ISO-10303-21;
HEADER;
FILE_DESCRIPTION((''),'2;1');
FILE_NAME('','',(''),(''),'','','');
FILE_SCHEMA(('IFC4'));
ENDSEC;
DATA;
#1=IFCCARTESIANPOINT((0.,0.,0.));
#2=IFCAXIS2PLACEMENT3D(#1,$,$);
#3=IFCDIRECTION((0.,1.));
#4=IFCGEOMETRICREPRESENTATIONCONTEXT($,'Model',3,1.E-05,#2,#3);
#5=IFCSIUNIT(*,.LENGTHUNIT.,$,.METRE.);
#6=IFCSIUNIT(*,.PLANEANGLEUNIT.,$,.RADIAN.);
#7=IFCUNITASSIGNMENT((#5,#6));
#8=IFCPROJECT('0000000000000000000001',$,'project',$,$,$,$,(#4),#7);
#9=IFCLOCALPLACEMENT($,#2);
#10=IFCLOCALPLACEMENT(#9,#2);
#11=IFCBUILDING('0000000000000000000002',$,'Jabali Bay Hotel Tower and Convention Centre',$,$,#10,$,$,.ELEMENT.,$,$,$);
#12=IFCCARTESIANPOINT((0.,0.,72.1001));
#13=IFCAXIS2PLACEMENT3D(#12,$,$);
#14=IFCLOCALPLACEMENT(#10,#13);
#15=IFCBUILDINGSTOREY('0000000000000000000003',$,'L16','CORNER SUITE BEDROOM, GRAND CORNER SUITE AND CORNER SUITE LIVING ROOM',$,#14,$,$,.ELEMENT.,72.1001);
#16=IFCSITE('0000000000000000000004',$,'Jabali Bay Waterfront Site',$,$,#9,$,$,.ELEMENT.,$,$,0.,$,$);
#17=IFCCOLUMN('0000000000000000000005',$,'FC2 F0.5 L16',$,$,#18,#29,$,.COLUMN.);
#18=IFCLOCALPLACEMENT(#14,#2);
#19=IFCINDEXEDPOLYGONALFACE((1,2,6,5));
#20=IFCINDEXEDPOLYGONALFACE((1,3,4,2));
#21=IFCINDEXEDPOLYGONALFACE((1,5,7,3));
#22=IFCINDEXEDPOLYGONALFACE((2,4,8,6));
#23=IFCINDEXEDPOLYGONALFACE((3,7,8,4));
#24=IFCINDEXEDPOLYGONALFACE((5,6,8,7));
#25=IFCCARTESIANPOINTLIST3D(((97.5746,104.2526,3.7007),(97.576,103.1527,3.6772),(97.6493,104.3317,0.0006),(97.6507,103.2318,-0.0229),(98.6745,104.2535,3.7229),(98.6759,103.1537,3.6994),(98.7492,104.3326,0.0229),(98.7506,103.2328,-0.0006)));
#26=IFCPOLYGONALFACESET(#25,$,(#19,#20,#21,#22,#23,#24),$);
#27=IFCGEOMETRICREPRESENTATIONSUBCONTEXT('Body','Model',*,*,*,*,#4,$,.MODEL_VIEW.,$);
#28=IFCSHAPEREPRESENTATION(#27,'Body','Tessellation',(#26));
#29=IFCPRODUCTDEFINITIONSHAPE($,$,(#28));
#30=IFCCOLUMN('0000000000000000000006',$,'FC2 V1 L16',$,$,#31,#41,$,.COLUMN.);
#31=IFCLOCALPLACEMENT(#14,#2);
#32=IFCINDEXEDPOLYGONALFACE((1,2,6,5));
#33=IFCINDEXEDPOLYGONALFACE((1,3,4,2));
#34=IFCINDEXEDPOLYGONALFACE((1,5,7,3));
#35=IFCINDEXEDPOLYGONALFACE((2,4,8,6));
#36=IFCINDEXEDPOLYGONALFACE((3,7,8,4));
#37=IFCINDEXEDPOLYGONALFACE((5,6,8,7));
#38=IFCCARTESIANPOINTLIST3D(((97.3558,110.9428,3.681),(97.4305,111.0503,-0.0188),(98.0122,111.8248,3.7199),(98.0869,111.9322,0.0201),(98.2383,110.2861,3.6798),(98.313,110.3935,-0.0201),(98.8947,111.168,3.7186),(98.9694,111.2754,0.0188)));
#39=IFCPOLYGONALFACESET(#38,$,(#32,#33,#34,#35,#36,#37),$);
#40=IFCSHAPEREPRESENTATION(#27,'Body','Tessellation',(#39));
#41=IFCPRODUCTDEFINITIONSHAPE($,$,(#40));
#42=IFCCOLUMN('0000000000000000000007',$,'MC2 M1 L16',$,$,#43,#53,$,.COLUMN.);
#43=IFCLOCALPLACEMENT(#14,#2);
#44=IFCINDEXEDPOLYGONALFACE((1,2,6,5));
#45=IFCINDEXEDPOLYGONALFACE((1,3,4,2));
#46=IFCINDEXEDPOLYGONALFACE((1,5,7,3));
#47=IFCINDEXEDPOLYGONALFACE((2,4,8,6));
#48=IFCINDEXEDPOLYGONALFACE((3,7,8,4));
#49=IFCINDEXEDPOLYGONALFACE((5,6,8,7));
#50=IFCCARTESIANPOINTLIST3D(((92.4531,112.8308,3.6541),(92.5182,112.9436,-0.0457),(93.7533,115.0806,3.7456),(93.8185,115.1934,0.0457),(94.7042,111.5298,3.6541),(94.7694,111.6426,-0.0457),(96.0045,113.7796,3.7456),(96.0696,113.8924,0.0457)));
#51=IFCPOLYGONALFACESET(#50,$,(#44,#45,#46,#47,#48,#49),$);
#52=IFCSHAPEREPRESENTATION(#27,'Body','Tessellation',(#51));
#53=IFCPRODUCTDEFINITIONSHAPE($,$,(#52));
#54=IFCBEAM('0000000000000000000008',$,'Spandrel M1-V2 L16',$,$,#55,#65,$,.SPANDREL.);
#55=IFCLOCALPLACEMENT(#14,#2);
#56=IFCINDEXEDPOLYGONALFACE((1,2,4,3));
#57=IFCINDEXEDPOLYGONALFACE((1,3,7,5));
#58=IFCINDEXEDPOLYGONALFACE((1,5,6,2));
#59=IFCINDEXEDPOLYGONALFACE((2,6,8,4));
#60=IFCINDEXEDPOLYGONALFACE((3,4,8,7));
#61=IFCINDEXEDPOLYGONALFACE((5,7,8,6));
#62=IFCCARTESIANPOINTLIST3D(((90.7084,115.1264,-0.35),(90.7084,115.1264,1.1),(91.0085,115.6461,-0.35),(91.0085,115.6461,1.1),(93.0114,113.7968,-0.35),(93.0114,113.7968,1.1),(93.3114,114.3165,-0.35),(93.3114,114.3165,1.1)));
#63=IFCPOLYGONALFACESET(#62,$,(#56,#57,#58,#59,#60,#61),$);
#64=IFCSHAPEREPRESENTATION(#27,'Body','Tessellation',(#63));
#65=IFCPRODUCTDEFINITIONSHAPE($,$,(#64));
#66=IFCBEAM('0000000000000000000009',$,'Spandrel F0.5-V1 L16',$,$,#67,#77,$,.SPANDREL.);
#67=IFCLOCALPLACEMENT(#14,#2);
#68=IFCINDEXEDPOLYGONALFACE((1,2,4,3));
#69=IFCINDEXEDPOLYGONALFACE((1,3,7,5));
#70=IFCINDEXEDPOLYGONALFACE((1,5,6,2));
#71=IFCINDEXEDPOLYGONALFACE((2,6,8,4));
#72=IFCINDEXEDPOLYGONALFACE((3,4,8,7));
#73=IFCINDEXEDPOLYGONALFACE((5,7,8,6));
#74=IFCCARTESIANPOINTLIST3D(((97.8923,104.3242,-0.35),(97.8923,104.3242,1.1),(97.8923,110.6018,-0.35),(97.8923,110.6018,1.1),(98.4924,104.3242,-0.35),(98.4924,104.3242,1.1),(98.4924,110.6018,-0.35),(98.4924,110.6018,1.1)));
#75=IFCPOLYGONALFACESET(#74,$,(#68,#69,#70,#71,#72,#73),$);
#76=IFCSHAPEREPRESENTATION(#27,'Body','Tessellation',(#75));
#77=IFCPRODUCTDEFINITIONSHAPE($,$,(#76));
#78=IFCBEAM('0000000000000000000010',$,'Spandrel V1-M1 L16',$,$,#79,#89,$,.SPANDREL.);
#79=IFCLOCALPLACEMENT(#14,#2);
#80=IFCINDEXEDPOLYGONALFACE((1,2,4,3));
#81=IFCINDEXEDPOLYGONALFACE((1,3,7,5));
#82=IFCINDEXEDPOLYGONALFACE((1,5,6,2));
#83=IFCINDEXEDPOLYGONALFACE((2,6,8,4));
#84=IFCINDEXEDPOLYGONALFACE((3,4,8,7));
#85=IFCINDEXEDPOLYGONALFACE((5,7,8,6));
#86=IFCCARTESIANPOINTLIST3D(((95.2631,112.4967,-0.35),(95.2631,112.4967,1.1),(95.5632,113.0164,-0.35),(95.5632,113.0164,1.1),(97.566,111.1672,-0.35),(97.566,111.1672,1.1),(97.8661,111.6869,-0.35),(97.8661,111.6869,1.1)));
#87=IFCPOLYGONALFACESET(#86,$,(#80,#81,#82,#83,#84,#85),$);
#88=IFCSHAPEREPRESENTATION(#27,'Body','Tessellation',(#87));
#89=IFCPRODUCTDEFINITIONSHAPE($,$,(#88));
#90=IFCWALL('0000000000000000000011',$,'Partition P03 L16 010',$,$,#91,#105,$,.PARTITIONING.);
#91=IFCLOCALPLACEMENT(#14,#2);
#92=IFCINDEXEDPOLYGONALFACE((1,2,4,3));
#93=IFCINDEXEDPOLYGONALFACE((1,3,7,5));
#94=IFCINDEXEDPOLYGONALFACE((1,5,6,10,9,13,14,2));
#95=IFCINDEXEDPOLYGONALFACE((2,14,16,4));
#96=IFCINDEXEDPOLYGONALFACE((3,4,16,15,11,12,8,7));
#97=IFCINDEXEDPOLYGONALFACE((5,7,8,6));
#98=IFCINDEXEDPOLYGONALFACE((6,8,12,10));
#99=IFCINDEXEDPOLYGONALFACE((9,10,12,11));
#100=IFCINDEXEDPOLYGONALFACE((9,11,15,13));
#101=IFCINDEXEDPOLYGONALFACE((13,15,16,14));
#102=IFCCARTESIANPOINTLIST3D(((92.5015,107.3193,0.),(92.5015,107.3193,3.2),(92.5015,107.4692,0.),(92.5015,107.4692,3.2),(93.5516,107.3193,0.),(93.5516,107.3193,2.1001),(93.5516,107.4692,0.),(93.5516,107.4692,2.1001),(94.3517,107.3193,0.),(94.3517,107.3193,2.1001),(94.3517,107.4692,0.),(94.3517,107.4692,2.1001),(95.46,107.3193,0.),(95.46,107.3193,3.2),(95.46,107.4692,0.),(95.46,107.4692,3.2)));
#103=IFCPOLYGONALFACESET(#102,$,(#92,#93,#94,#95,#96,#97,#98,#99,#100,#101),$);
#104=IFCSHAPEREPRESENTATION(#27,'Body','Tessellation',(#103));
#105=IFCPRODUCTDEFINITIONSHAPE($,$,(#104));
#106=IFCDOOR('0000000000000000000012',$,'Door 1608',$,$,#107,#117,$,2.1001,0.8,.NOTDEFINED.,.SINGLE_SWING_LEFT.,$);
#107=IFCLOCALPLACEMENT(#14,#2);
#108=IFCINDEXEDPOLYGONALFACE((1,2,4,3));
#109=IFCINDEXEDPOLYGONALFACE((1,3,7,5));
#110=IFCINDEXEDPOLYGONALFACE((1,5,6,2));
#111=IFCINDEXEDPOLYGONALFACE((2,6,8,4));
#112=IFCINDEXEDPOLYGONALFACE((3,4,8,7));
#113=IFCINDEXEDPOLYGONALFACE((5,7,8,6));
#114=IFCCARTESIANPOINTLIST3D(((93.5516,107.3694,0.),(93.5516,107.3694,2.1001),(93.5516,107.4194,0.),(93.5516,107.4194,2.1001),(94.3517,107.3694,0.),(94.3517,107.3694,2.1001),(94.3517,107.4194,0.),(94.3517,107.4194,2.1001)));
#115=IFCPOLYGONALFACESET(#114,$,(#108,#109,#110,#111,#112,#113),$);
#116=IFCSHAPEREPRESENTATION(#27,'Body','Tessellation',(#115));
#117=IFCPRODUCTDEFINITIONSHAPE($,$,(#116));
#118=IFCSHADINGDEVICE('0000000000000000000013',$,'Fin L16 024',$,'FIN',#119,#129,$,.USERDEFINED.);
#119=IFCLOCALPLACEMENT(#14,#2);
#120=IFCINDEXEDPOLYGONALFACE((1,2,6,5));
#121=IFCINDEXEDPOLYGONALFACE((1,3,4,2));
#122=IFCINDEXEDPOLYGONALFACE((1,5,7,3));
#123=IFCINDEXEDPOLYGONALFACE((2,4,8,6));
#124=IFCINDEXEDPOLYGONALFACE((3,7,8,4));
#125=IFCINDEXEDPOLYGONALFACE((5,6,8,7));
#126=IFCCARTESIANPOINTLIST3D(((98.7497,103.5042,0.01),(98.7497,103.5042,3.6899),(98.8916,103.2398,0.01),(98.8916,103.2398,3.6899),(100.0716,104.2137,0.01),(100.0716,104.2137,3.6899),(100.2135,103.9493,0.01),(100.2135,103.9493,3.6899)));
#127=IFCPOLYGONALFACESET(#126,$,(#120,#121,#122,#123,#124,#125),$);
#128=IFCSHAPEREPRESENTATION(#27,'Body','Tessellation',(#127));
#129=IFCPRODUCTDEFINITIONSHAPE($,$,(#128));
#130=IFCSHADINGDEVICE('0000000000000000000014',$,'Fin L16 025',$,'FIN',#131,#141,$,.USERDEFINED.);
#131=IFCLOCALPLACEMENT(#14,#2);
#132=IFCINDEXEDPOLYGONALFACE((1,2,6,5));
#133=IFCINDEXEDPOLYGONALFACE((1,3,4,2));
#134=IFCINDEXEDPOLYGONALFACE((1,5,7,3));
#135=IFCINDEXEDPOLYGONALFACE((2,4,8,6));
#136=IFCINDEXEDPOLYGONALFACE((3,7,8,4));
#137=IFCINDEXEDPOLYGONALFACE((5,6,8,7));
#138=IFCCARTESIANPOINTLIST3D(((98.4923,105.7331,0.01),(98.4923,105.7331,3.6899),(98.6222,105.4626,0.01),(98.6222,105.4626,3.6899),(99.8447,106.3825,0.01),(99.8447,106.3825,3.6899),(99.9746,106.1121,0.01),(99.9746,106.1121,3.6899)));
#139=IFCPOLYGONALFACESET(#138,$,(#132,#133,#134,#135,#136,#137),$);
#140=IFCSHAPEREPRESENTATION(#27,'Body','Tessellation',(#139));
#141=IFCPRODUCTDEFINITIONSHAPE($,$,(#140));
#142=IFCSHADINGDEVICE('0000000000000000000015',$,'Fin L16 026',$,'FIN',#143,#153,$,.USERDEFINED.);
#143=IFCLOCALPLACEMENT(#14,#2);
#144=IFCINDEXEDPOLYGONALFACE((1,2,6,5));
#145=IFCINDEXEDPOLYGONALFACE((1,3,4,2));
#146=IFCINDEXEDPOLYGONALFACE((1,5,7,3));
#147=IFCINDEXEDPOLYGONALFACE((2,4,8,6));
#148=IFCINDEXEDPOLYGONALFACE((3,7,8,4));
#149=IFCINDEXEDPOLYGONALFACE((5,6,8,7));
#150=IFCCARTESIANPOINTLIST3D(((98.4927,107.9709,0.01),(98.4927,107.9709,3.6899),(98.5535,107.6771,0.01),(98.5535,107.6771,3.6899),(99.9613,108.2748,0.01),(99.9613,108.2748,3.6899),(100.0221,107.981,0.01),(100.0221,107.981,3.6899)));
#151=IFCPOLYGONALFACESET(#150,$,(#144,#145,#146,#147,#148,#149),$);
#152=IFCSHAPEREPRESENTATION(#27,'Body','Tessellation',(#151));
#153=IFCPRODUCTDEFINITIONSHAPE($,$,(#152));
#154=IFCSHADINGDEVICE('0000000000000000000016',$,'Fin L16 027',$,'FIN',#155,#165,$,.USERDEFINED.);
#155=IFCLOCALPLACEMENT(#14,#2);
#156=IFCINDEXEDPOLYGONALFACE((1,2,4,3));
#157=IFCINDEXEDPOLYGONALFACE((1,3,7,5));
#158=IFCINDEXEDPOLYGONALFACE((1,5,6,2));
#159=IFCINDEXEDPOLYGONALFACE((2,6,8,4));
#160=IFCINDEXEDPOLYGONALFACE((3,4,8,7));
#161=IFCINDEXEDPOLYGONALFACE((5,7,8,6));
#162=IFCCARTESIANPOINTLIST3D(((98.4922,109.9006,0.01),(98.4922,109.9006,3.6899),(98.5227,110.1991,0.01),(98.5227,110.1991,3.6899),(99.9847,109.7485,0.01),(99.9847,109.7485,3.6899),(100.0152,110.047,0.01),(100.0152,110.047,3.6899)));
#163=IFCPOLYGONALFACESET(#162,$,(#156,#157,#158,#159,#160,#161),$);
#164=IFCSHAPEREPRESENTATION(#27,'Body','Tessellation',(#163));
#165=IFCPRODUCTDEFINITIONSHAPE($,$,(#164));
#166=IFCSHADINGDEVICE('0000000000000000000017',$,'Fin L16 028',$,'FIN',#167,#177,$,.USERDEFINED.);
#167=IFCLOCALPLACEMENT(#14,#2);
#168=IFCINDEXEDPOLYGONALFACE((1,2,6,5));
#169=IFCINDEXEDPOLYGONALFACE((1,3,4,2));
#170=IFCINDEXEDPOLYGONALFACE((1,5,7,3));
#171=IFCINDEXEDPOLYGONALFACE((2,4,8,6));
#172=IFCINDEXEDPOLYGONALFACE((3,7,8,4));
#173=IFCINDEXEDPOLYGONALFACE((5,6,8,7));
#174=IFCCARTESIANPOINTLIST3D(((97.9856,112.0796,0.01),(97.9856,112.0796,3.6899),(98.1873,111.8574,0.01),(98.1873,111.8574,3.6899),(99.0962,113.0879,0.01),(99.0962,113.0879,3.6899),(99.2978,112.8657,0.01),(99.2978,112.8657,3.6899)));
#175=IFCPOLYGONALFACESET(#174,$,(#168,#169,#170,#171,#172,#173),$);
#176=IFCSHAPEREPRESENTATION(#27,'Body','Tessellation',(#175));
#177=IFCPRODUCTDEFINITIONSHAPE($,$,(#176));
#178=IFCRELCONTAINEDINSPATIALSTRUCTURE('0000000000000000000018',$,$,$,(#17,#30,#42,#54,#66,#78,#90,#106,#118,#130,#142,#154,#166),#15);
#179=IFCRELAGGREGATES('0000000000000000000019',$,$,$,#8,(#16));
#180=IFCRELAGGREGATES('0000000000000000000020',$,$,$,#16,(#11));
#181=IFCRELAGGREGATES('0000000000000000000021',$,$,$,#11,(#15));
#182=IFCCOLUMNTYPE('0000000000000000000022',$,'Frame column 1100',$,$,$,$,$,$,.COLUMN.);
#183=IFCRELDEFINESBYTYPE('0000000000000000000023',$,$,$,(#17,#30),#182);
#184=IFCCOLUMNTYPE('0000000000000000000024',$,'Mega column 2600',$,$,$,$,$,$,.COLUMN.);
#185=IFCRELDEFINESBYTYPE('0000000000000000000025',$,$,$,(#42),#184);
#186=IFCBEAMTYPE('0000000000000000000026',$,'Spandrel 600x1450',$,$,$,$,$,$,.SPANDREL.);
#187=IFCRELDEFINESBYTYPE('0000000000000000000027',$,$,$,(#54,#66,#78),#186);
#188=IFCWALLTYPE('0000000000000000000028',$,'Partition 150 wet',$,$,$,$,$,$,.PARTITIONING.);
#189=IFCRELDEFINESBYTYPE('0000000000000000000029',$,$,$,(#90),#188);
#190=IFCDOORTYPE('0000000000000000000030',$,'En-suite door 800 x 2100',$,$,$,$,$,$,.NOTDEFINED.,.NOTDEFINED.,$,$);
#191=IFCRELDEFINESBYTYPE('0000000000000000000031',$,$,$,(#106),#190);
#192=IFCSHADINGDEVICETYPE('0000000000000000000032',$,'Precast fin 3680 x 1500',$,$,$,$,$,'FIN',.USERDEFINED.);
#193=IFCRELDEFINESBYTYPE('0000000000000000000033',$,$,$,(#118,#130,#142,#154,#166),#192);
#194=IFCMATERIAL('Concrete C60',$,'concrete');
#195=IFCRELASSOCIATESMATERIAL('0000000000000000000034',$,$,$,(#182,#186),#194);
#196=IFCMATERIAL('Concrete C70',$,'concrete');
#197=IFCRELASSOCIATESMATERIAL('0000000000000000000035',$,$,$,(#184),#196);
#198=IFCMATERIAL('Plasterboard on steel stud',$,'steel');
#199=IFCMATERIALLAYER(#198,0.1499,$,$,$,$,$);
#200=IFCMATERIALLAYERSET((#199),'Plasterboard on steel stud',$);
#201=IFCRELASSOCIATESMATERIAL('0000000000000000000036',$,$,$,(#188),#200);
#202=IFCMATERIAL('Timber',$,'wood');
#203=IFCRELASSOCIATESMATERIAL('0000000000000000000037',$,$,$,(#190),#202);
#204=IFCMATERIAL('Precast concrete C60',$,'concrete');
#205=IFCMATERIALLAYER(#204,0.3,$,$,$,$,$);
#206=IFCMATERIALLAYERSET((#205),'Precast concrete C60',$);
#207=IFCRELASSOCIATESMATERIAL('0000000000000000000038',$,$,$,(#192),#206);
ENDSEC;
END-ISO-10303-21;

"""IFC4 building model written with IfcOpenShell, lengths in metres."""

from ifc_helpers import new_model, si_unit, direction, frame, frame_2d, origin, origin_2d, place, context, subcontext, project, spatial, rectangle, extrude, material, layer, layer_set, material_profile, profile_set, type_object, element, fill, save


model = new_model("IFC4")

# Units and contexts
model_context = context("Model", 3, precision=1e-05, world=origin(), true_north=direction((0.0, 1.0)))
body_context = subcontext(model_context, "Body", "Model", "MODEL_VIEW")
ifc_project = project(units=[si_unit("LENGTHUNIT", "METRE"), si_unit("PLANEANGLEUNIT", "RADIAN")], contexts=[model_context])

# Site, building, storey
site_placement = place(None, origin())
site = spatial("IfcSite", under=ifc_project, at=site_placement, Name="Jabali Bay Waterfront Site", CompositionType="ELEMENT", RefElevation=0.0)
building_placement = place(site_placement, origin())
building = spatial("IfcBuilding", under=site, at=building_placement, Name="Jabali Bay Hotel Tower and Convention Centre", CompositionType="ELEMENT")
storey_placement = place(building_placement, frame((0.0, 0.0, 72.1001)))
storey = spatial("IfcBuildingStorey", under=building, at=storey_placement, Name="L16", Description="CORNER SUITE BEDROOM, GRAND CORNER SUITE AND CORNER SUITE LIVING ROOM", CompositionType="ELEMENT", Elevation=72.1001)

# Columns
ifc_material_1 = material(Name="Concrete C60", Category="concrete")
ifc_material_profile_1 = material_profile(ifc_material_1, rectangle(XDim=1.1001, YDim=1.1001, at=origin_2d()), Name="Frame column 1100")
ifc_profile_set_1 = profile_set([ifc_material_profile_1], Name="Concrete C60")
column_type_1 = type_object("IfcColumnType", Name="Frame column 1100", PredefinedType="COLUMN", material=ifc_profile_set_1)
column_1_placement = place(storey_placement, frame((98.2, 103.7822, 0.0), z_axis=(-0.020183, -0.02137, 0.999568), x_axis=(0.999795, 0.000884, 0.020206)))
element("IfcColumn", 1, at=column_1_placement, inside=storey, type_object=column_type_1, Name="FC2 F0.5 L16", PredefinedType="COLUMN", context=body_context, shape_type="SweptSolid", body=[
    extrude(rectangle(XDim=1.1001, YDim=1.1001, at=origin_2d()), origin(), (0.0, 0.0, 1.0), 3.7017),
])
column_2_placement = place(storey_placement, frame((98.2, 111.1628, 0.0), z_axis=(-0.020179, -0.029015, 0.999375), x_axis=(0.596678, 0.801703, 0.035324)))
element("IfcColumn", 2, at=column_2_placement, inside=storey, type_object=column_type_1, Name="FC2 V1 L16", PredefinedType="COLUMN", context=body_context, shape_type="SweptSolid", body=[
    extrude(rectangle(XDim=1.1001, YDim=1.1001, at=origin_2d()), origin(), (0.0, 0.0, 1.0), 3.7021),
])
ifc_material_2 = material(Name="Concrete C70", Category="concrete")
ifc_material_profile_2 = material_profile(ifc_material_2, rectangle(XDim=2.6001, YDim=2.6001, at=origin_2d()), Name="Mega column 2600")
ifc_profile_set_2 = profile_set([ifc_material_profile_2], Name="Concrete C70")
column_type_2 = type_object("IfcColumnType", Name="Mega column 2600", PredefinedType="COLUMN", material=ifc_profile_set_2)
column_3_placement = place(storey_placement, frame((94.2939, 113.418, 0.0), z_axis=(-0.017607, -0.030466, 0.999381), x_axis=(0.500065, 0.865273, 0.035188)))
element("IfcColumn", 3, at=column_3_placement, inside=storey, type_object=column_type_2, Name="MC2 M1 L16", PredefinedType="COLUMN", context=body_context, shape_type="SweptSolid", body=[
    extrude(rectangle(XDim=2.6001, YDim=2.6001, at=origin_2d()), origin(), (0.0, 0.0, 1.0), 3.7021),
])

# Beams
ifc_material_profile_3 = material_profile(ifc_material_1, rectangle(XDim=0.6001, YDim=1.45, at=origin_2d()), Name="Spandrel 600x1450")
ifc_profile_set_3 = profile_set([ifc_material_profile_3], Name="Concrete C60")
beam_type = type_object("IfcBeamType", Name="Spandrel 600x1450", PredefinedType="SPANDREL", material=ifc_profile_set_3)
beam_1_placement = place(storey_placement, frame((93.1614, 114.0566, 0.375), z_axis=(-0.866031, 0.49999, 0.0), x_axis=(-0.49999, -0.866031, 0.0)))
element("IfcBeam", 4, at=beam_1_placement, inside=storey, type_object=beam_type, Name="Spandrel M1-V2 L16", PredefinedType="SPANDREL", context=body_context, shape_type="SweptSolid", body=[
    extrude(rectangle(XDim=0.6001, YDim=1.45, at=origin_2d()), origin(), (0.0, 0.0, 1.0), 2.6592),
])
beam_2_placement = place(storey_placement, frame((98.1924, 104.3242, 0.375), z_axis=(0.0, 1.0, 0.0), x_axis=(-1.0, 0.0, 0.0)))
element("IfcBeam", 5, at=beam_2_placement, inside=storey, type_object=beam_type, Name="Spandrel F0.5-V1 L16", PredefinedType="SPANDREL", context=body_context, shape_type="SweptSolid", body=[
    extrude(rectangle(XDim=0.6001, YDim=1.45, at=origin_2d()), origin(), (0.0, 0.0, 1.0), 6.2776),
])
beam_3_placement = place(storey_placement, frame((97.7161, 111.427, 0.375), z_axis=(-0.866031, 0.49999, 0.0), x_axis=(-0.49999, -0.866031, 0.0)))
element("IfcBeam", 6, at=beam_3_placement, inside=storey, type_object=beam_type, Name="Spandrel V1-M1 L16", PredefinedType="SPANDREL", context=body_context, shape_type="SweptSolid", body=[
    extrude(rectangle(XDim=0.6001, YDim=1.45, at=origin_2d()), origin(), (0.0, 0.0, 1.0), 2.6592),
])

# Wall, opening, door
ifc_material_3 = material(Name="Plasterboard on steel stud", Category="steel")
ifc_layer_1 = layer(ifc_material_3, 0.1499)
ifc_layer_set_1 = layer_set([ifc_layer_1], Name="Plasterboard on steel stud")
wall_type_1 = type_object("IfcWallType", Name="Partition 150 wet", PredefinedType="PARTITIONING", material=ifc_layer_set_1)
wall_1_placement = place(storey_placement, frame((95.46, 107.3943, 0.0), z_axis=(0.0, 0.0, 1.0), x_axis=(-1.0, 0.0, 0.0)))
wall_1 = element("IfcWall", 7, at=wall_1_placement, inside=storey, type_object=wall_type_1, Name="Partition P03 L16 010", PredefinedType="PARTITIONING", context=body_context, shape_type="SweptSolid", body=[
    extrude(rectangle(XDim=2.9585, YDim=0.1499, at=frame_2d((1.4792, 0.0))), origin(), (0.0, 0.0, 1.0), 3.2),
])
opening_1_placement = place(wall_1_placement, frame((1.1084, 0.0, 0.0)))
opening_1 = element("IfcOpeningElement", 8, at=opening_1_placement, cuts=wall_1, PredefinedType="OPENING", context=body_context, shape_type="SweptSolid", body=[
    extrude(rectangle(XDim=0.8, YDim=2.1001, at=frame_2d((0.3999, 1.05))), frame((0.0, 0.0854, 0.0), z_axis=(0.0, -1.0, 0.0), x_axis=(1.0, 0.0, 0.0)), (0.0, 0.0, 1.0), 0.1709),
])
ifc_material_4 = material(Name="Timber", Category="wood")
door_type_1 = type_object("IfcDoorType", Name="En-suite door 800 x 2100", OperationType="NOTDEFINED", PredefinedType="NOTDEFINED", material=ifc_material_4)
door_1_placement = place(opening_1_placement, origin())
door_1 = element("IfcDoor", 9, at=door_1_placement, inside=storey, type_object=door_type_1, Name="Door 1608", OperationType="SINGLE_SWING_LEFT", OverallHeight=2.1001, OverallWidth=0.8, PredefinedType="NOTDEFINED", context=body_context, shape_type="SweptSolid", body=[
    extrude(rectangle(XDim=0.8, YDim=2.1001, at=frame_2d((0.3999, 1.05))), frame((0.0, 0.0249, 0.0), z_axis=(0.0, -1.0, 0.0), x_axis=(1.0, 0.0, 0.0)), (0.0, 0.0, 1.0), 0.05),
])
fill(opening_1, door_1)

# Shading devices
ifc_material_5 = material(Name="Precast concrete C60", Category="concrete")
ifc_layer_2 = layer(ifc_material_5, 0.3)
ifc_layer_set_2 = layer_set([ifc_layer_2], Name="Precast concrete C60")
shading_device_type = type_object("IfcShadingDeviceType", Name="Precast fin 3680 x 1500", ElementType="FIN", PredefinedType="USERDEFINED", material=ifc_layer_set_2)
for number, where, z_axis, x_axis, name in (
    (10, (98.8208, 103.3721, 0.01), (0.0, 0.0, 1.0), (0.881097, 0.472935, 0.0), "Fin L16 024"),
    (11, (98.5574, 105.5979, 0.01), (0.0, 0.0, 1.0), (0.901442, 0.4329, 0.0), "Fin L16 025"),
):
    element("IfcShadingDevice", number, at=place(storey_placement, frame(where, z_axis=z_axis, x_axis=x_axis)), inside=storey, type_object=shading_device_type, Name=name, ObjectType="FIN", PredefinedType="USERDEFINED", context=body_context, shape_type="SweptSolid", body=[
        extrude(rectangle(XDim=1.5002, YDim=0.3, at=frame_2d((0.75, 0.0))), origin(), (0.0, 0.0, 1.0), 3.6799),
    ])
shading_device_1_placement = place(storey_placement, frame((98.5229, 107.824, 0.01), z_axis=(0.0, 0.0, 1.0), x_axis=(0.97925, 0.202654, 0.0)))
element("IfcShadingDevice", 12, at=shading_device_1_placement, inside=storey, type_object=shading_device_type, Name="Fin L16 026", ObjectType="FIN", PredefinedType="USERDEFINED", context=body_context, shape_type="SweptSolid", body=[
    extrude(rectangle(XDim=1.4998, YDim=0.3, at=frame_2d((0.75, 0.0))), origin(), (0.0, 0.0, 1.0), 3.6799),
])
shading_device_2_placement = place(storey_placement, frame((98.5076, 110.0498, 0.01), z_axis=(0.0, 0.0, 1.0), x_axis=(0.994847, -0.101389, 0.0)))
element("IfcShadingDevice", 13, at=shading_device_2_placement, inside=storey, type_object=shading_device_type, Name="Fin L16 027", ObjectType="FIN", PredefinedType="USERDEFINED", context=body_context, shape_type="SweptSolid", body=[
    extrude(rectangle(XDim=1.5002, YDim=0.3, at=frame_2d((0.75, 0.0))), origin(), (0.0, 0.0, 1.0), 3.6799),
])
for number, where, z_axis, x_axis, name in (
    (14, (98.0864, 111.9685, 0.01), (0.0, 0.0, 1.0), (0.740382, 0.672187, 0.0), "Fin L16 028"),
):
    element("IfcShadingDevice", number, at=place(storey_placement, frame(where, z_axis=z_axis, x_axis=x_axis)), inside=storey, type_object=shading_device_type, Name=name, ObjectType="FIN", PredefinedType="USERDEFINED", context=body_context, shape_type="SweptSolid", body=[
        extrude(rectangle(XDim=1.5, YDim=0.3, at=frame_2d((0.75, 0.0))), origin(), (0.0, 0.0, 1.0), 3.6799),
    ])

save(model, "model.ifc")
